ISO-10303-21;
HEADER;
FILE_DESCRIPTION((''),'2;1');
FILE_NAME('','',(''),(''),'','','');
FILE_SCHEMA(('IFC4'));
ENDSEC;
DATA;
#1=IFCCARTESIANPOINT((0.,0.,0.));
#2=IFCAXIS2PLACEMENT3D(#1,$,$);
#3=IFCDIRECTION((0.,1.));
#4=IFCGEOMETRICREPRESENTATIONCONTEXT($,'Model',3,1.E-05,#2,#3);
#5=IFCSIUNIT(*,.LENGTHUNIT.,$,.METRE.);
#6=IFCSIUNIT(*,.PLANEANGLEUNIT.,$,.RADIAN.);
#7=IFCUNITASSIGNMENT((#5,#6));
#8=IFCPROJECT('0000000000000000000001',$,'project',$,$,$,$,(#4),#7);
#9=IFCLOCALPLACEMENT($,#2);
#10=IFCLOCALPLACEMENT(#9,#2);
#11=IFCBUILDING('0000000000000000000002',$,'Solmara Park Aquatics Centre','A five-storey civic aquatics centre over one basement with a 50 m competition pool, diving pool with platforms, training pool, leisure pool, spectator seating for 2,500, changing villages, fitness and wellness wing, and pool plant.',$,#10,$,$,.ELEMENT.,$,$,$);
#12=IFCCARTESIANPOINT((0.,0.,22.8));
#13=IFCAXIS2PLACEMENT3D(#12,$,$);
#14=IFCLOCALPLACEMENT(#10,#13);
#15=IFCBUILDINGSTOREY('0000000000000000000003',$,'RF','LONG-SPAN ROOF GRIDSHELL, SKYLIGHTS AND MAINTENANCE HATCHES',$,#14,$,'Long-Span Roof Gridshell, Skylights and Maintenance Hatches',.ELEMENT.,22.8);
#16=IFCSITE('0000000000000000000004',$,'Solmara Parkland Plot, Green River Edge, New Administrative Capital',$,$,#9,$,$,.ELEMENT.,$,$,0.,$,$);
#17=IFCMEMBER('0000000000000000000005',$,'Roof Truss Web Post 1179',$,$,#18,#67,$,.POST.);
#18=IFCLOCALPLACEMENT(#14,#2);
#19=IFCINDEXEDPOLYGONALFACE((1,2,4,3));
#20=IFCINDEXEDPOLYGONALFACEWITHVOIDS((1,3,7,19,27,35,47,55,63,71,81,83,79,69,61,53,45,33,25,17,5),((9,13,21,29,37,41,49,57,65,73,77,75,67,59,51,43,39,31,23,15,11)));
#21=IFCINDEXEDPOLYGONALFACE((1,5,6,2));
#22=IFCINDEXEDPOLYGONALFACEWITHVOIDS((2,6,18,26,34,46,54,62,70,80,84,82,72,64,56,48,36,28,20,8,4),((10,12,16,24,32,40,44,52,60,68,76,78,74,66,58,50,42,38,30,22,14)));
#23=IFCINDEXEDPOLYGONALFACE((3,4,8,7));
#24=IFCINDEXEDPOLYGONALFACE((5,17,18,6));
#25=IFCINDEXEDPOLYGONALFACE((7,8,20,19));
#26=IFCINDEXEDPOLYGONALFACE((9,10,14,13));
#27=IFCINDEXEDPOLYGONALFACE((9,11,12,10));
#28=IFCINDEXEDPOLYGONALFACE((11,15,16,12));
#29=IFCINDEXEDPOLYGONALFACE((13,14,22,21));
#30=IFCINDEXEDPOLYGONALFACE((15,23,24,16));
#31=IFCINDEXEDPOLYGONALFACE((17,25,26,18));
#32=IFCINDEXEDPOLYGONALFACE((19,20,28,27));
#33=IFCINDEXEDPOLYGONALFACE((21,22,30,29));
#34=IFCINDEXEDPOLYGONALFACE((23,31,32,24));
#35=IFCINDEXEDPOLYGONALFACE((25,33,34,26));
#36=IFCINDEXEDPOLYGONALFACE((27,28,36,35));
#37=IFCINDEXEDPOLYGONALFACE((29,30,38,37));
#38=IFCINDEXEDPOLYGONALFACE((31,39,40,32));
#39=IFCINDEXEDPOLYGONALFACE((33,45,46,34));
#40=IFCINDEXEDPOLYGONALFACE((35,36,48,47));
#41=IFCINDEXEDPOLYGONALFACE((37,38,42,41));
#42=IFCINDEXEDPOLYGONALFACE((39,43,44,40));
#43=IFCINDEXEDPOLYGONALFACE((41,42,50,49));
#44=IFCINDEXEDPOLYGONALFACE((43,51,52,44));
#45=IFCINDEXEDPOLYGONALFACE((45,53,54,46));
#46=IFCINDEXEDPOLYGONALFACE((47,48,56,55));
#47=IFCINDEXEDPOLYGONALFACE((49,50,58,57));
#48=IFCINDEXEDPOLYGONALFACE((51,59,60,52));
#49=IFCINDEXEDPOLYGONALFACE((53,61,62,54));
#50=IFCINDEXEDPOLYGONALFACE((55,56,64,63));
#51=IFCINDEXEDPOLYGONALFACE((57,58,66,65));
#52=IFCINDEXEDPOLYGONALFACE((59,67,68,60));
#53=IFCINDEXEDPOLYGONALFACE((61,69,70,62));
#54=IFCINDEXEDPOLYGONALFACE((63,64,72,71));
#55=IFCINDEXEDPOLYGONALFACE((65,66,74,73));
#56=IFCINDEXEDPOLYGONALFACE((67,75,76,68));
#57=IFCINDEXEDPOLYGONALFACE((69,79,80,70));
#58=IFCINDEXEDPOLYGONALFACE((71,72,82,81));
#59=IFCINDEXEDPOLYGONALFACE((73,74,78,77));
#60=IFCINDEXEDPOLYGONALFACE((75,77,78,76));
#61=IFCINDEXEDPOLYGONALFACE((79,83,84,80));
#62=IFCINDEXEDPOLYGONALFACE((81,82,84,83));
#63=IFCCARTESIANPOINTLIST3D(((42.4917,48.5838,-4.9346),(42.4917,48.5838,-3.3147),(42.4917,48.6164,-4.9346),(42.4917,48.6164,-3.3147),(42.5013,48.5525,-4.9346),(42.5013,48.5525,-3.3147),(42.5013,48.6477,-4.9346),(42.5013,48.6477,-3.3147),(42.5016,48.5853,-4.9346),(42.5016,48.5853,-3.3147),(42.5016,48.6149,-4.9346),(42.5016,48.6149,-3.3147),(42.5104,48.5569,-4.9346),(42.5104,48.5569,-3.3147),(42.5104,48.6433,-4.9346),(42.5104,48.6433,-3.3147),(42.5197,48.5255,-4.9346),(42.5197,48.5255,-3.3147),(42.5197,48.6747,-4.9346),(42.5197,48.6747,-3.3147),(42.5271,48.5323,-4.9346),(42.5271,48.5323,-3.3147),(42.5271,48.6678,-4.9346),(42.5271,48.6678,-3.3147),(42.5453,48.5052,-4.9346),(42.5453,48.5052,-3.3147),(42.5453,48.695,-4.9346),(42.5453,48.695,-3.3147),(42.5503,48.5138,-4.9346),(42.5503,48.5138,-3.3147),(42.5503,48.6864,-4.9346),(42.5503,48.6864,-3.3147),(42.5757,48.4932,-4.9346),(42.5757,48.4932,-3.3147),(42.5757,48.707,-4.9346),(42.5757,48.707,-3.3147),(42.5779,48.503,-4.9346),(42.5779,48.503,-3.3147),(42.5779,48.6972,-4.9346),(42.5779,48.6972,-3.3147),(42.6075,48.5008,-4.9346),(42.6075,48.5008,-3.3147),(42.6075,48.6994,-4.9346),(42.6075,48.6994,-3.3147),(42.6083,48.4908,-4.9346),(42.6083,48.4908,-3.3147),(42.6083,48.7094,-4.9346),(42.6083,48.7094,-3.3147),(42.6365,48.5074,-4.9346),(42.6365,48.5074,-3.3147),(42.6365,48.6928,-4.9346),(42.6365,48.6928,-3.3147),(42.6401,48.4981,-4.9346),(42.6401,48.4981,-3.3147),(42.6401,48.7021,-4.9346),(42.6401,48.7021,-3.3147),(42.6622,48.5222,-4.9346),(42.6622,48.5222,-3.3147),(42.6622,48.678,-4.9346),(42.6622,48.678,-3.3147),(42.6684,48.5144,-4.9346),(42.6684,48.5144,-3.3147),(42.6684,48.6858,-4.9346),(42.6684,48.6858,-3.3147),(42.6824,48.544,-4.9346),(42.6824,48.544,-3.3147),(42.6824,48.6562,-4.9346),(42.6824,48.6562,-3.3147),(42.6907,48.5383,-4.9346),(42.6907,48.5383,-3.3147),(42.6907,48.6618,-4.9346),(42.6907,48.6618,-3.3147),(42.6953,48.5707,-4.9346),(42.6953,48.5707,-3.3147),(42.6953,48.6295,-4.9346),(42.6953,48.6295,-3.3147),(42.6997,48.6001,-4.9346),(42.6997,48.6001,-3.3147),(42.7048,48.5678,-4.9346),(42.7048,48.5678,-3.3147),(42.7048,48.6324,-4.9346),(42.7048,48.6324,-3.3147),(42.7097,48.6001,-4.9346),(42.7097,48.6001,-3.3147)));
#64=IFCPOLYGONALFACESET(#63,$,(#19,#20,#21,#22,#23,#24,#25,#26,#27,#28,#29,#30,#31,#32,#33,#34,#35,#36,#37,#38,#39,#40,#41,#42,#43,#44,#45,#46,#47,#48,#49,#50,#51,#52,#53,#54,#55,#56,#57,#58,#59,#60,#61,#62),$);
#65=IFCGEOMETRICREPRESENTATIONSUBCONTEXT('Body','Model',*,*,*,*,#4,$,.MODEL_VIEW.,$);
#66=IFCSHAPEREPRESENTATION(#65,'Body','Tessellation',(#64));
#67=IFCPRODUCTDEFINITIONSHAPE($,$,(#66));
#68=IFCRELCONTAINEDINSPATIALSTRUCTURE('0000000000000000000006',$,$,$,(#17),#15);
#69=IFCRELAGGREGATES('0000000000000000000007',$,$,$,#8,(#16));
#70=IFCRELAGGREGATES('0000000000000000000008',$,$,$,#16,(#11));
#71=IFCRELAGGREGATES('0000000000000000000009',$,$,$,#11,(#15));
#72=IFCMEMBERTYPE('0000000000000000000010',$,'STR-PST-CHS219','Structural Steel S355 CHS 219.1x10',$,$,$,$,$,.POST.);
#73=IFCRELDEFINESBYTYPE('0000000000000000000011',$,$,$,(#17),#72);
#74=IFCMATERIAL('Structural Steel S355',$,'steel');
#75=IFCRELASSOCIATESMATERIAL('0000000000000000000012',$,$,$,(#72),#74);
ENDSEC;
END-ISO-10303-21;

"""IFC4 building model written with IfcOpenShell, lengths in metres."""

from ifc_helpers import new_model, si_unit, direction, frame, origin, origin_2d, place, context, subcontext, project, spatial, hollow_circle, extrude, material, material_profile, profile_set, type_object, element, save


model = new_model("IFC4")

# Units and contexts
model_context = context("Model", 3, precision=1e-05, world=origin(), true_north=direction((0.0, 1.0)))
body_context = subcontext(model_context, "Body", "Model", "MODEL_VIEW")
ifc_project = project(units=[si_unit("LENGTHUNIT", "METRE"), si_unit("PLANEANGLEUNIT", "RADIAN")], contexts=[model_context])

# Site, building, storey
site_placement = place(None, origin())
site = spatial("IfcSite", under=ifc_project, at=site_placement, Name="Solmara Parkland Plot, Green River Edge, New Administrative Capital", CompositionType="ELEMENT", RefElevation=0.0)
building_placement = place(site_placement, origin())
building = spatial("IfcBuilding", under=site, at=building_placement, Name="Solmara Park Aquatics Centre", Description="A five-storey civic aquatics centre over one basement with a 50 m competition pool, diving pool with platforms, training pool, leisure pool, spectator seating for 2,500, changing villages, fitness and wellness wing, and pool plant.", CompositionType="ELEMENT")
storey_placement = place(building_placement, frame((0.0, 0.0, 22.8)))
storey = spatial("IfcBuildingStorey", under=building, at=storey_placement, Name="RF", Description="LONG-SPAN ROOF GRIDSHELL, SKYLIGHTS AND MAINTENANCE HATCHES", LongName="Long-Span Roof Gridshell, Skylights and Maintenance Hatches", CompositionType="ELEMENT", Elevation=22.8)

# Member
ifc_material_1 = material(Name="Structural Steel S355", Category="steel")
ifc_material_profile_1 = material_profile(ifc_material_1, hollow_circle(Radius=0.1096, WallThickness=0.01, at=origin_2d()), Name="CHS 219.1x10")
ifc_profile_set_1 = profile_set([ifc_material_profile_1], Name="Structural Steel S355")
member_type_1 = type_object("IfcMemberType", Name="STR-PST-CHS219", Description="Structural Steel S355 CHS 219.1x10", PredefinedType="POST", material=ifc_profile_set_1)
member_1_placement = place(storey_placement, frame((42.6001, 48.6001, -4.9346), z_axis=(0.0, 0.0, 1.0), x_axis=(1.0, 0.0, 0.0)))
element("IfcMember", 1, at=member_1_placement, inside=storey, type_object=member_type_1, Name="Roof Truss Web Post 1179", PredefinedType="POST", context=body_context, shape_type="SweptSolid", body=[
    extrude(hollow_circle(Radius=0.1096, WallThickness=0.01, at=origin_2d()), origin(), (0.0, 0.0, 1.0), 1.6199),
])

save(model, "model.ifc")
